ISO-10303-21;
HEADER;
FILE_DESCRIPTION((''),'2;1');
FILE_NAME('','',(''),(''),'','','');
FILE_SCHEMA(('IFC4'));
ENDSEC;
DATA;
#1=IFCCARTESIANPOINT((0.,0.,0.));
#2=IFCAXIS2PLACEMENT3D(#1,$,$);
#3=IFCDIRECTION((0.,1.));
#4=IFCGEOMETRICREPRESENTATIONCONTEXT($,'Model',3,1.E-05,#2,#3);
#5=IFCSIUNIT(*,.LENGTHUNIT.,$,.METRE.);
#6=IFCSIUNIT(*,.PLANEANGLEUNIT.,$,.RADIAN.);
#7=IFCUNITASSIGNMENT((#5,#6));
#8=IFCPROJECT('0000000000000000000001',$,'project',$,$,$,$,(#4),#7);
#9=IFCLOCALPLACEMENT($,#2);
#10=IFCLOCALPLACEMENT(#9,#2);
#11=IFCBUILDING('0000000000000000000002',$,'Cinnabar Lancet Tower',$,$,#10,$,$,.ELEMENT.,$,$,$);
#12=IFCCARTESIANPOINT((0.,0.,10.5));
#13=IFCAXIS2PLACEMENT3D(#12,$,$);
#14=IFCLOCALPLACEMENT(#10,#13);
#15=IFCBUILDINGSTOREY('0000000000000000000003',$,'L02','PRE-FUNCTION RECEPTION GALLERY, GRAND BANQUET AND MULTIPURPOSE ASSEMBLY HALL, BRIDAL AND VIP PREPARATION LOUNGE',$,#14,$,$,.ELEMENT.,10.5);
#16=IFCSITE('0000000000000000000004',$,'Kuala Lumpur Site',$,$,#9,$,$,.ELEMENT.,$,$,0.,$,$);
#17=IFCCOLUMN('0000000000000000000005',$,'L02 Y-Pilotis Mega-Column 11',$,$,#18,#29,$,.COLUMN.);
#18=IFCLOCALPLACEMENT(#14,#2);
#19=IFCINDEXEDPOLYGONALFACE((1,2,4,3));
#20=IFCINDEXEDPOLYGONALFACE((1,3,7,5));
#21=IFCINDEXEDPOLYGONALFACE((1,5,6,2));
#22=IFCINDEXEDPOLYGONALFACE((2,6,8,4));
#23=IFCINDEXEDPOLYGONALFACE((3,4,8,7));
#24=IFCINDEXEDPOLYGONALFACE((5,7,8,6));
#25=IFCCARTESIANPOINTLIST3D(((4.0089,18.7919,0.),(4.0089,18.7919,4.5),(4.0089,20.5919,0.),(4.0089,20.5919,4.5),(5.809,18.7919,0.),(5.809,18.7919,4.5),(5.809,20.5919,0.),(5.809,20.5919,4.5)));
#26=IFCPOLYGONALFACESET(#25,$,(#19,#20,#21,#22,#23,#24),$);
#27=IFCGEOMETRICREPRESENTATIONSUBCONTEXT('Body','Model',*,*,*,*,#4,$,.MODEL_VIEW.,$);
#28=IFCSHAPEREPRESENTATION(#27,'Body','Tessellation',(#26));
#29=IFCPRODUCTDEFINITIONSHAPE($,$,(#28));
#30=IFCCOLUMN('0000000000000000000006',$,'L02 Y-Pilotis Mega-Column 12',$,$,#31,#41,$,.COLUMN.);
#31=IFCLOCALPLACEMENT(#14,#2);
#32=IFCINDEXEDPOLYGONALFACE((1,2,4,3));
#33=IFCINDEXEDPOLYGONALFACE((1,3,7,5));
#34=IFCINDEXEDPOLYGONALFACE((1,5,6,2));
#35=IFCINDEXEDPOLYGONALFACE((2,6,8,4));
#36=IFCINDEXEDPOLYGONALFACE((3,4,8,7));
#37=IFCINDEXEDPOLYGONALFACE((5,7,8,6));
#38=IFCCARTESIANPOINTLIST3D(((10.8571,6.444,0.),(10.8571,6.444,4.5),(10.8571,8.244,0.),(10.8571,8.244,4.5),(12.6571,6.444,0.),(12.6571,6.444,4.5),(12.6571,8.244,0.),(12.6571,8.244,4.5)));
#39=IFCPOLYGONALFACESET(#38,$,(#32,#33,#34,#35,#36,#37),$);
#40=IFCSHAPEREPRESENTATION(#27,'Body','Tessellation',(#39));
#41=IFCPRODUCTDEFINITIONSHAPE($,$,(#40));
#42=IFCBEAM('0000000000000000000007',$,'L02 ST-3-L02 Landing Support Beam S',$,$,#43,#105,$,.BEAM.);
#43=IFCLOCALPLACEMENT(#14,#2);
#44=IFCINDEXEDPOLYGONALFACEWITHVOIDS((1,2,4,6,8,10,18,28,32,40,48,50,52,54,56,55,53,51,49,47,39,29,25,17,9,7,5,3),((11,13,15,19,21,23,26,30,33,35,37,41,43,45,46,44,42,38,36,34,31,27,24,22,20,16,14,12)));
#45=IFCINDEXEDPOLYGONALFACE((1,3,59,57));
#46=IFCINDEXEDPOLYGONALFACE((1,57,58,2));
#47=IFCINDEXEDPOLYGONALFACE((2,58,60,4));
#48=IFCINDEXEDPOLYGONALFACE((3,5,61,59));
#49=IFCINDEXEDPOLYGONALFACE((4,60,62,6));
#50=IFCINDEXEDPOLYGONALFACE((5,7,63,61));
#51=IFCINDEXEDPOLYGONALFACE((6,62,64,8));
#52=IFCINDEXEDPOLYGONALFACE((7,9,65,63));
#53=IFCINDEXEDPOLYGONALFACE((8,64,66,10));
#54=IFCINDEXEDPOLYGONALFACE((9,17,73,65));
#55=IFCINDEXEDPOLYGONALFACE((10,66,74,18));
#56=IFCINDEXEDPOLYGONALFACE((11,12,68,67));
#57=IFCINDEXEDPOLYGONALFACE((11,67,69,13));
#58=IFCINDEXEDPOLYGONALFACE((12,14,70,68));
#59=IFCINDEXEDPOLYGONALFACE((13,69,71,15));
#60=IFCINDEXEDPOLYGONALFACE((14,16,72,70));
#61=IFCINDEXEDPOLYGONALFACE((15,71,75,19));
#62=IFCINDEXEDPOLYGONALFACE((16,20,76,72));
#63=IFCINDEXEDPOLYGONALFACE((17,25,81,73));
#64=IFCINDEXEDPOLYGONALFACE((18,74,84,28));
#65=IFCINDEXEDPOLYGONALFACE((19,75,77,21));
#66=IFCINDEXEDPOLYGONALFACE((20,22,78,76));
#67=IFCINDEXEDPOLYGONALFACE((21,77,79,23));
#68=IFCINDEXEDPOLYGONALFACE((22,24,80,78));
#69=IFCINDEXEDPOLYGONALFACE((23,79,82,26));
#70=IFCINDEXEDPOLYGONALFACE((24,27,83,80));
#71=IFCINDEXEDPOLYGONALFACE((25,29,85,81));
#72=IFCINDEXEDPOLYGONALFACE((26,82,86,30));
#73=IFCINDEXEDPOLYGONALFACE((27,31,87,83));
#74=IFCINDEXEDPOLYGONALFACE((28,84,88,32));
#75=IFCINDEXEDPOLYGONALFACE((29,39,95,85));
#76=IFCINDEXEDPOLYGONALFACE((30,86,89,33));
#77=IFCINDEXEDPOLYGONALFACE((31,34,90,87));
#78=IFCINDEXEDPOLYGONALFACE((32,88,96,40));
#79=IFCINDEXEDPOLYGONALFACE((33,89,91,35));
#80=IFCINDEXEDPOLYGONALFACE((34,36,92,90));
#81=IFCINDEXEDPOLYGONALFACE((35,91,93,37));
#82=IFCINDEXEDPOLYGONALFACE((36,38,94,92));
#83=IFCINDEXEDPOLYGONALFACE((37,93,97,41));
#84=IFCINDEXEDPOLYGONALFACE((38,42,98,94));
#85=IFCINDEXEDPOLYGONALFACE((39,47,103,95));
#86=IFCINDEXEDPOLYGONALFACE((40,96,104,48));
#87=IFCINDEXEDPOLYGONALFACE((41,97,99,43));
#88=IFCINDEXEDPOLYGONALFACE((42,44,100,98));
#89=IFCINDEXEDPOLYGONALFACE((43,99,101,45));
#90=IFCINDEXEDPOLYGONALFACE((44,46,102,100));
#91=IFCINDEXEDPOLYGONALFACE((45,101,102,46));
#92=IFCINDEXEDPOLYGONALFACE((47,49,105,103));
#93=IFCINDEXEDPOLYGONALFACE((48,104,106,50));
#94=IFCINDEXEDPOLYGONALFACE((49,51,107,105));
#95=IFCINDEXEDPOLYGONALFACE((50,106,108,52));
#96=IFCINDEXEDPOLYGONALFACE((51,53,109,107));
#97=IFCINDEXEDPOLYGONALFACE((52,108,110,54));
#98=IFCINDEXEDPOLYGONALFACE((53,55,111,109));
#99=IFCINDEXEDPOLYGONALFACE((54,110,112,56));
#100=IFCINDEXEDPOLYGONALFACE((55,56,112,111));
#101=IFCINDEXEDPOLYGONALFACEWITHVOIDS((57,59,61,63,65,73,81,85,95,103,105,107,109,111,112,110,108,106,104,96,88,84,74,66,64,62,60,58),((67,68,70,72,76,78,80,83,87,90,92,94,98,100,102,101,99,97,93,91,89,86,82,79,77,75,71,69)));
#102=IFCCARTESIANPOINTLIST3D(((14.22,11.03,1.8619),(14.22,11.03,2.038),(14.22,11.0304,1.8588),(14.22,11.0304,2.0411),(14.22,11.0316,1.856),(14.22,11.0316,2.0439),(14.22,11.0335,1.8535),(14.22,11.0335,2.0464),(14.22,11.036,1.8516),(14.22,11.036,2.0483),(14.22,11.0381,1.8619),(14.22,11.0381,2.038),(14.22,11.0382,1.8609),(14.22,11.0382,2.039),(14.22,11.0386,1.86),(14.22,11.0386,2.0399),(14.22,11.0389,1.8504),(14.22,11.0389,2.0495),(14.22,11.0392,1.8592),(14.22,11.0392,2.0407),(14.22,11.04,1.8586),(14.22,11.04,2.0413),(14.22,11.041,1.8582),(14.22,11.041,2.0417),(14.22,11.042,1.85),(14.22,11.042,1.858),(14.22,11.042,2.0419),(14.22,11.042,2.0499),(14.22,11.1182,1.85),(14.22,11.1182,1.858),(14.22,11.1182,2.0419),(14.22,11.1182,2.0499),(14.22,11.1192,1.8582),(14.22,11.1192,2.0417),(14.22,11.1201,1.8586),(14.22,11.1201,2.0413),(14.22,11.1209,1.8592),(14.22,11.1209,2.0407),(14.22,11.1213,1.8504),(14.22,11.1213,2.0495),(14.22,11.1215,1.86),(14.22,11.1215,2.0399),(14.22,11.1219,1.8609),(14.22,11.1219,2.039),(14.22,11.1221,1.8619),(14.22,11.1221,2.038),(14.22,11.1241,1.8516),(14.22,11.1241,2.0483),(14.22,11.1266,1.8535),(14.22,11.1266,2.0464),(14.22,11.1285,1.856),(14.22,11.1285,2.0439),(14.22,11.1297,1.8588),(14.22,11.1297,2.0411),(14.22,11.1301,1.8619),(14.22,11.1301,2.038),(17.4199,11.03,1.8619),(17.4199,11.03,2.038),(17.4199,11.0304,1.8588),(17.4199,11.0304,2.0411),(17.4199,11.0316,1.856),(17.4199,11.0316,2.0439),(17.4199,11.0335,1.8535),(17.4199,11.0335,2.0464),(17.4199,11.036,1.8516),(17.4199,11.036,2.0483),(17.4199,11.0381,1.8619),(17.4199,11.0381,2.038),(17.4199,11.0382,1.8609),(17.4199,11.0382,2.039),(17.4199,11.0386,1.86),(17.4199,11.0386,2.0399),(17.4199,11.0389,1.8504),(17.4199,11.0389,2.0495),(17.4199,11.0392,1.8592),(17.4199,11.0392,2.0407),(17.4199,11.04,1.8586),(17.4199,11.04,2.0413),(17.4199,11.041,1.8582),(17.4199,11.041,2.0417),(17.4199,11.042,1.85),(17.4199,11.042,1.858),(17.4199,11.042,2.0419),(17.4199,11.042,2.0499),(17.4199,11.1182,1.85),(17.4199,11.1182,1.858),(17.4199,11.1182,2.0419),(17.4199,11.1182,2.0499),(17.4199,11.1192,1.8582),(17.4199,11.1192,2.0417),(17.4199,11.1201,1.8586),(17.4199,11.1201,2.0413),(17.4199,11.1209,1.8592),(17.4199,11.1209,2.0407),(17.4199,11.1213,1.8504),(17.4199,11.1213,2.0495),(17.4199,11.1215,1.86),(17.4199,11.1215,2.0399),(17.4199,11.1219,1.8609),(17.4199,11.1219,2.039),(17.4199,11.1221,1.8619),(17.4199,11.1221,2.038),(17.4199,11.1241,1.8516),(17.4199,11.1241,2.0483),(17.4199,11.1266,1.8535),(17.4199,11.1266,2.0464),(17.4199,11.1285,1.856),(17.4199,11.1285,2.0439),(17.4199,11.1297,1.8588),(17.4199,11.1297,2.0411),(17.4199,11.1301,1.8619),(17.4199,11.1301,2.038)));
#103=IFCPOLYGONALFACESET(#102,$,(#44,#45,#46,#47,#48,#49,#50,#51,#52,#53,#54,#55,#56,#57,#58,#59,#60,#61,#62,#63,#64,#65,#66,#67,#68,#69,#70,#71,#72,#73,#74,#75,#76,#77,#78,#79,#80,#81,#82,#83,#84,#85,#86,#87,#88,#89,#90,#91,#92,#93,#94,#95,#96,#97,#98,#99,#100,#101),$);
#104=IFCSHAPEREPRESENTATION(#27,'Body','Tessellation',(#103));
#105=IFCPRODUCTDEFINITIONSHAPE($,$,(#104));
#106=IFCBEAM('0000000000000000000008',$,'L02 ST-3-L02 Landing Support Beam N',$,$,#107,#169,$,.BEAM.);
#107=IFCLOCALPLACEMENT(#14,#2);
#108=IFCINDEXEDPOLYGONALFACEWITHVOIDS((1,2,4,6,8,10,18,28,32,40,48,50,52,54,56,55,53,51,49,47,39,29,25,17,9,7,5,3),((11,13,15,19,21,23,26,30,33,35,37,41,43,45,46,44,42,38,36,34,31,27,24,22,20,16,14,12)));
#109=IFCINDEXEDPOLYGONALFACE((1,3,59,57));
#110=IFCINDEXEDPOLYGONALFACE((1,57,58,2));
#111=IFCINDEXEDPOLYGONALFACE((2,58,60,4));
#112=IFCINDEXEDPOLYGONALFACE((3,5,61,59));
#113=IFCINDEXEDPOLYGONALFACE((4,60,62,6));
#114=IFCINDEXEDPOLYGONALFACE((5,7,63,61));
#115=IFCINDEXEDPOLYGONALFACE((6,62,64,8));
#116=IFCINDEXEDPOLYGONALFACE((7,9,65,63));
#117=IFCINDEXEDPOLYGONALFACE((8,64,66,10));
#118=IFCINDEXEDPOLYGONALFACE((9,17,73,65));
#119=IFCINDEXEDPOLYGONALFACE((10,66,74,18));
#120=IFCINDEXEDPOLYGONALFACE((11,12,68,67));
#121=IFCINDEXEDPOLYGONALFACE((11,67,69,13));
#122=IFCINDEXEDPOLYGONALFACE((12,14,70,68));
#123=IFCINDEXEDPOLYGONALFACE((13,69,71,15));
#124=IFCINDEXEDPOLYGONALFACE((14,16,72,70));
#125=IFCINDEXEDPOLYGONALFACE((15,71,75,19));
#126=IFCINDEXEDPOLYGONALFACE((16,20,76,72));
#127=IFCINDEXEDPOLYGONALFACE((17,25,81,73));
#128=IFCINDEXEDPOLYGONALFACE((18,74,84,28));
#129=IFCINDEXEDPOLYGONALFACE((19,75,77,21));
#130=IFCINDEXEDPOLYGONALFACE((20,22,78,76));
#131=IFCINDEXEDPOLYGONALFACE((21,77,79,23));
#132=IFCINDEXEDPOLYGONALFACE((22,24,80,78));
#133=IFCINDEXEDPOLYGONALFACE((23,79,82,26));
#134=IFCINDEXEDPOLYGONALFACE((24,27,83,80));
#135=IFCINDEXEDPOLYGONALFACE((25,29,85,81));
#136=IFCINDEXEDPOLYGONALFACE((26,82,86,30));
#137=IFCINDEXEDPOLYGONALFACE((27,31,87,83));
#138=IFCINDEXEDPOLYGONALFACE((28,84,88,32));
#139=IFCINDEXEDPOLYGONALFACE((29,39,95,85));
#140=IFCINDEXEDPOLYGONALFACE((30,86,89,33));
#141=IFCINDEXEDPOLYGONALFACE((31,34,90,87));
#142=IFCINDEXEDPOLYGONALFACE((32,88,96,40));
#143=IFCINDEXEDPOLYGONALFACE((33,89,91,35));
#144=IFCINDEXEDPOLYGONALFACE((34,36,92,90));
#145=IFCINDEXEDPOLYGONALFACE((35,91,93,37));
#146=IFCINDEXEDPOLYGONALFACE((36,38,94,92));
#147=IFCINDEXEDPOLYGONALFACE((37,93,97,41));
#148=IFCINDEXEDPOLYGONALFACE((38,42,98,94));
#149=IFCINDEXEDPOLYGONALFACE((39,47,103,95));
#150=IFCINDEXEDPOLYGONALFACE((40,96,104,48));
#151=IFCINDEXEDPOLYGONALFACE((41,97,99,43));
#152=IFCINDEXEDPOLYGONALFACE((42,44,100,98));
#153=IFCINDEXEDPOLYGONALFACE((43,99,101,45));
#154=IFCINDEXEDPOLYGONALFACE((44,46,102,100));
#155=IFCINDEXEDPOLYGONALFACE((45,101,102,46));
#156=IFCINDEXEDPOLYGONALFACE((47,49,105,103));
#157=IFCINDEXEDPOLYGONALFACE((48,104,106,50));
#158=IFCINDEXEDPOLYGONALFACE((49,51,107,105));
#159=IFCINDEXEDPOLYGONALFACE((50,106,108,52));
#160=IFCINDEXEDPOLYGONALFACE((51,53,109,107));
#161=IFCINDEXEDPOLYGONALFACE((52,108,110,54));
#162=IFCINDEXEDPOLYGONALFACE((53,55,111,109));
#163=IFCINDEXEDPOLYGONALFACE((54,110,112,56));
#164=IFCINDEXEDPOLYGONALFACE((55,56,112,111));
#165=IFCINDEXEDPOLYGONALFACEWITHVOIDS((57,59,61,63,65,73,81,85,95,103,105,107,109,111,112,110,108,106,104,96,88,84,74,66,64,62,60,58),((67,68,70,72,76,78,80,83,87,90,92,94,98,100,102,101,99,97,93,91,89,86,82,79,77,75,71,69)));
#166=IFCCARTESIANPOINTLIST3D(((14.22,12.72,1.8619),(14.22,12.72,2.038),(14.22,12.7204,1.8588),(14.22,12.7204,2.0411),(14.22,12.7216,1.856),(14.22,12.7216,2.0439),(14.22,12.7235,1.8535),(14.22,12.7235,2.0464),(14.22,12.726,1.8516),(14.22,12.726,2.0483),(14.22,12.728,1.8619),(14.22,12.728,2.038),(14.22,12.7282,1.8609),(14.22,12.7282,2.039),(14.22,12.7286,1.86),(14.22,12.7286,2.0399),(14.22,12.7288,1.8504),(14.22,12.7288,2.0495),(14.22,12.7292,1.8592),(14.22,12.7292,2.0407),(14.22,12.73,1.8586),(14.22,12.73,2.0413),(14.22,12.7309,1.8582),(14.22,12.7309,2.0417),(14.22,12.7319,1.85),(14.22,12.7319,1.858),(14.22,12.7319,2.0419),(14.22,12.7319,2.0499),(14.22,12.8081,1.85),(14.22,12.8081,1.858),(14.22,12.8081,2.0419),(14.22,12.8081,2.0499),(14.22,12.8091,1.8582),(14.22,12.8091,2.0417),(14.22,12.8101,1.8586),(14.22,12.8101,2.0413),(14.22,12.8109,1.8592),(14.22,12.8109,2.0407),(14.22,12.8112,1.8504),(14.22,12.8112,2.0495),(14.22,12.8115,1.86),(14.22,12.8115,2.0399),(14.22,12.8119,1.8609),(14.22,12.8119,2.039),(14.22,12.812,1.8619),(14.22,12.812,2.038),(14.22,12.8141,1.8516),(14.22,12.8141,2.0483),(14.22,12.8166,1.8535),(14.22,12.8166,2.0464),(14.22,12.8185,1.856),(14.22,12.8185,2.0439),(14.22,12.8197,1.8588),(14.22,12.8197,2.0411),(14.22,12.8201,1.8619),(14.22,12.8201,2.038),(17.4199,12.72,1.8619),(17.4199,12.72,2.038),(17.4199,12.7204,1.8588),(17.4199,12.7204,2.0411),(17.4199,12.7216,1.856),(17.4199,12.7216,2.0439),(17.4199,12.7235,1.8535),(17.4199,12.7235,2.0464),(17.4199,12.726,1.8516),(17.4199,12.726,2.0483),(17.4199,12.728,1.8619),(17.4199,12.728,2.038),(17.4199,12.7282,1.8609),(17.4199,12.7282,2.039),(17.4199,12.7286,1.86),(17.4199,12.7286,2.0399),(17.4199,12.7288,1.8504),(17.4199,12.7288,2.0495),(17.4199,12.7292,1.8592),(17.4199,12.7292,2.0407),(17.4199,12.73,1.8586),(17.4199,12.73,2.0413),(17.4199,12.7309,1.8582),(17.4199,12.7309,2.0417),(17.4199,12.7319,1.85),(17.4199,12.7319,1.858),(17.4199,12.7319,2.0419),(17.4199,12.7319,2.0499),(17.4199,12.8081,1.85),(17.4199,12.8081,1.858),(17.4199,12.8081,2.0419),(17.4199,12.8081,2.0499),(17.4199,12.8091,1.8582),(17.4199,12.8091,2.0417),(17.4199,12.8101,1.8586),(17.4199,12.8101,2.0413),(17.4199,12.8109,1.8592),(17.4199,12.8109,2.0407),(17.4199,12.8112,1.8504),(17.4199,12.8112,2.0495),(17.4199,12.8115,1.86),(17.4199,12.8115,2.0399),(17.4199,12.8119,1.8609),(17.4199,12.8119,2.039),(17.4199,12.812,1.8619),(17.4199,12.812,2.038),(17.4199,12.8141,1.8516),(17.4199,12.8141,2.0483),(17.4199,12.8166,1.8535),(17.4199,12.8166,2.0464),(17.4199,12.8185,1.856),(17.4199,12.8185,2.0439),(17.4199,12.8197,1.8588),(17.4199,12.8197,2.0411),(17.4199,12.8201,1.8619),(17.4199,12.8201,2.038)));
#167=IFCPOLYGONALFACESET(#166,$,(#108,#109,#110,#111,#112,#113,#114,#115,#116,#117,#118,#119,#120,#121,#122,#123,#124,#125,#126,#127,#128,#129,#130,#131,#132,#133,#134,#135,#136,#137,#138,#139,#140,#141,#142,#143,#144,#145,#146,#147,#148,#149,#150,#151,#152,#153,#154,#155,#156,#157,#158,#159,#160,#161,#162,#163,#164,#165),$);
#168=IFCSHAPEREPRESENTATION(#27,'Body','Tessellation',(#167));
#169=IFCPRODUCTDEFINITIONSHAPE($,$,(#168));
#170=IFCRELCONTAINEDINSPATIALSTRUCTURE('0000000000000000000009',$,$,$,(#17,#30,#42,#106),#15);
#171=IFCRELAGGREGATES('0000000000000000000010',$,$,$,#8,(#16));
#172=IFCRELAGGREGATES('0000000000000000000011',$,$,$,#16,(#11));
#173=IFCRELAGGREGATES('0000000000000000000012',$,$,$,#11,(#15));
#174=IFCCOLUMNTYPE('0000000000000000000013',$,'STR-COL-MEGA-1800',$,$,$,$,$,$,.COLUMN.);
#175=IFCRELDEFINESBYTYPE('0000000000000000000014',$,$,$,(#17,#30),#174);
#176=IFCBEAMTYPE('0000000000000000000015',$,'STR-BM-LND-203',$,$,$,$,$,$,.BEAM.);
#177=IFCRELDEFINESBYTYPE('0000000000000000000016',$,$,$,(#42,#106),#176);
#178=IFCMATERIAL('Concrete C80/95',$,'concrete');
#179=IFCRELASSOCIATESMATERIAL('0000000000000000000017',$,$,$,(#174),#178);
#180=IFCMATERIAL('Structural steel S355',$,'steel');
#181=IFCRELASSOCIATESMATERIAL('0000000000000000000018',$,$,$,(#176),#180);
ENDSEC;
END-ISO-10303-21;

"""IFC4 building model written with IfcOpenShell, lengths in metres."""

from ifc_helpers import new_model, si_unit, direction, frame, origin, origin_2d, place, context, subcontext, project, spatial, rectangle, hollow_rectangle, extrude, material, material_profile, profile_set, type_object, element, save


model = new_model("IFC4")

# Units and contexts
model_context = context("Model", 3, precision=1e-05, world=origin(), true_north=direction((0.0, 1.0)))
body_context = subcontext(model_context, "Body", "Model", "MODEL_VIEW")
ifc_project = project(units=[si_unit("LENGTHUNIT", "METRE"), si_unit("PLANEANGLEUNIT", "RADIAN")], contexts=[model_context])

# Site, building, storey
site_placement = place(None, origin())
site = spatial("IfcSite", under=ifc_project, at=site_placement, Name="Kuala Lumpur Site", CompositionType="ELEMENT", RefElevation=0.0)
building_placement = place(site_placement, origin())
building = spatial("IfcBuilding", under=site, at=building_placement, Name="Cinnabar Lancet Tower", CompositionType="ELEMENT")
storey_placement = place(building_placement, frame((0.0, 0.0, 10.5)))
storey = spatial("IfcBuildingStorey", under=building, at=storey_placement, Name="L02", Description="PRE-FUNCTION RECEPTION GALLERY, GRAND BANQUET AND MULTIPURPOSE ASSEMBLY HALL, BRIDAL AND VIP PREPARATION LOUNGE", CompositionType="ELEMENT", Elevation=10.5)

# Columns
ifc_material_1 = material(Name="Concrete C80/95", Category="concrete")
ifc_material_profile_1 = material_profile(ifc_material_1, rectangle(XDim=1.8, YDim=1.8, at=origin_2d()), Name="RC-MEGA 1800x1800")
ifc_profile_set_1 = profile_set([ifc_material_profile_1], Name="Concrete C80/95")
column_type = type_object("IfcColumnType", Name="STR-COL-MEGA-1800", PredefinedType="COLUMN", material=ifc_profile_set_1)
for number, where, z_axis, x_axis, name in (
    (1, (4.9089, 19.6919, 0.0), (0.0, 0.0, 1.0), (1.0, 0.0, 0.0), "L02 Y-Pilotis Mega-Column 11"),
    (2, (11.7571, 7.344, 0.0), (0.0, 0.0, 1.0), (1.0, 0.0, 0.0), "L02 Y-Pilotis Mega-Column 12"),
):
    element("IfcColumn", number, at=place(storey_placement, frame(where, z_axis=z_axis, x_axis=x_axis)), inside=storey, type_object=column_type, Name=name, PredefinedType="COLUMN", context=body_context, shape_type="SweptSolid", body=[
        extrude(rectangle(XDim=1.8, YDim=1.8, at=origin_2d()), origin(), (0.0, 0.0, 1.0), 4.5),
    ])

# Beams
ifc_material_2 = material(Name="Structural steel S355", Category="steel")
ifc_material_profile_2 = material_profile(ifc_material_2, hollow_rectangle(XDim=0.1001, YDim=0.2, WallThickness=0.0081, InnerFilletRadius=0.0039, OuterFilletRadius=0.012, at=origin_2d()), Name="RHS 200x100x8")
ifc_profile_set_2 = profile_set([ifc_material_profile_2], Name="Structural steel S355")
beam_type_1 = type_object("IfcBeamType", Name="STR-BM-LND-203", PredefinedType="BEAM", material=ifc_profile_set_2)
for number, where, z_axis, x_axis, name in (
    (3, (14.22, 11.0801, 1.95), (1.0, 0.0, 0.0), (0.0, 1.0, 0.0), "L02 ST-3-L02 Landing Support Beam S"),
    (4, (14.22, 12.77, 1.95), (1.0, 0.0, 0.0), (0.0, 1.0, 0.0), "L02 ST-3-L02 Landing Support Beam N"),
):
    element("IfcBeam", number, at=place(storey_placement, frame(where, z_axis=z_axis, x_axis=x_axis)), inside=storey, type_object=beam_type_1, Name=name, PredefinedType="BEAM", context=body_context, shape_type="SweptSolid", body=[
        extrude(hollow_rectangle(XDim=0.1001, YDim=0.2, WallThickness=0.0081, InnerFilletRadius=0.0039, OuterFilletRadius=0.012, at=origin_2d()), origin(), (0.0, 0.0, 1.0), 3.2),
    ])

save(model, "model.ifc")
